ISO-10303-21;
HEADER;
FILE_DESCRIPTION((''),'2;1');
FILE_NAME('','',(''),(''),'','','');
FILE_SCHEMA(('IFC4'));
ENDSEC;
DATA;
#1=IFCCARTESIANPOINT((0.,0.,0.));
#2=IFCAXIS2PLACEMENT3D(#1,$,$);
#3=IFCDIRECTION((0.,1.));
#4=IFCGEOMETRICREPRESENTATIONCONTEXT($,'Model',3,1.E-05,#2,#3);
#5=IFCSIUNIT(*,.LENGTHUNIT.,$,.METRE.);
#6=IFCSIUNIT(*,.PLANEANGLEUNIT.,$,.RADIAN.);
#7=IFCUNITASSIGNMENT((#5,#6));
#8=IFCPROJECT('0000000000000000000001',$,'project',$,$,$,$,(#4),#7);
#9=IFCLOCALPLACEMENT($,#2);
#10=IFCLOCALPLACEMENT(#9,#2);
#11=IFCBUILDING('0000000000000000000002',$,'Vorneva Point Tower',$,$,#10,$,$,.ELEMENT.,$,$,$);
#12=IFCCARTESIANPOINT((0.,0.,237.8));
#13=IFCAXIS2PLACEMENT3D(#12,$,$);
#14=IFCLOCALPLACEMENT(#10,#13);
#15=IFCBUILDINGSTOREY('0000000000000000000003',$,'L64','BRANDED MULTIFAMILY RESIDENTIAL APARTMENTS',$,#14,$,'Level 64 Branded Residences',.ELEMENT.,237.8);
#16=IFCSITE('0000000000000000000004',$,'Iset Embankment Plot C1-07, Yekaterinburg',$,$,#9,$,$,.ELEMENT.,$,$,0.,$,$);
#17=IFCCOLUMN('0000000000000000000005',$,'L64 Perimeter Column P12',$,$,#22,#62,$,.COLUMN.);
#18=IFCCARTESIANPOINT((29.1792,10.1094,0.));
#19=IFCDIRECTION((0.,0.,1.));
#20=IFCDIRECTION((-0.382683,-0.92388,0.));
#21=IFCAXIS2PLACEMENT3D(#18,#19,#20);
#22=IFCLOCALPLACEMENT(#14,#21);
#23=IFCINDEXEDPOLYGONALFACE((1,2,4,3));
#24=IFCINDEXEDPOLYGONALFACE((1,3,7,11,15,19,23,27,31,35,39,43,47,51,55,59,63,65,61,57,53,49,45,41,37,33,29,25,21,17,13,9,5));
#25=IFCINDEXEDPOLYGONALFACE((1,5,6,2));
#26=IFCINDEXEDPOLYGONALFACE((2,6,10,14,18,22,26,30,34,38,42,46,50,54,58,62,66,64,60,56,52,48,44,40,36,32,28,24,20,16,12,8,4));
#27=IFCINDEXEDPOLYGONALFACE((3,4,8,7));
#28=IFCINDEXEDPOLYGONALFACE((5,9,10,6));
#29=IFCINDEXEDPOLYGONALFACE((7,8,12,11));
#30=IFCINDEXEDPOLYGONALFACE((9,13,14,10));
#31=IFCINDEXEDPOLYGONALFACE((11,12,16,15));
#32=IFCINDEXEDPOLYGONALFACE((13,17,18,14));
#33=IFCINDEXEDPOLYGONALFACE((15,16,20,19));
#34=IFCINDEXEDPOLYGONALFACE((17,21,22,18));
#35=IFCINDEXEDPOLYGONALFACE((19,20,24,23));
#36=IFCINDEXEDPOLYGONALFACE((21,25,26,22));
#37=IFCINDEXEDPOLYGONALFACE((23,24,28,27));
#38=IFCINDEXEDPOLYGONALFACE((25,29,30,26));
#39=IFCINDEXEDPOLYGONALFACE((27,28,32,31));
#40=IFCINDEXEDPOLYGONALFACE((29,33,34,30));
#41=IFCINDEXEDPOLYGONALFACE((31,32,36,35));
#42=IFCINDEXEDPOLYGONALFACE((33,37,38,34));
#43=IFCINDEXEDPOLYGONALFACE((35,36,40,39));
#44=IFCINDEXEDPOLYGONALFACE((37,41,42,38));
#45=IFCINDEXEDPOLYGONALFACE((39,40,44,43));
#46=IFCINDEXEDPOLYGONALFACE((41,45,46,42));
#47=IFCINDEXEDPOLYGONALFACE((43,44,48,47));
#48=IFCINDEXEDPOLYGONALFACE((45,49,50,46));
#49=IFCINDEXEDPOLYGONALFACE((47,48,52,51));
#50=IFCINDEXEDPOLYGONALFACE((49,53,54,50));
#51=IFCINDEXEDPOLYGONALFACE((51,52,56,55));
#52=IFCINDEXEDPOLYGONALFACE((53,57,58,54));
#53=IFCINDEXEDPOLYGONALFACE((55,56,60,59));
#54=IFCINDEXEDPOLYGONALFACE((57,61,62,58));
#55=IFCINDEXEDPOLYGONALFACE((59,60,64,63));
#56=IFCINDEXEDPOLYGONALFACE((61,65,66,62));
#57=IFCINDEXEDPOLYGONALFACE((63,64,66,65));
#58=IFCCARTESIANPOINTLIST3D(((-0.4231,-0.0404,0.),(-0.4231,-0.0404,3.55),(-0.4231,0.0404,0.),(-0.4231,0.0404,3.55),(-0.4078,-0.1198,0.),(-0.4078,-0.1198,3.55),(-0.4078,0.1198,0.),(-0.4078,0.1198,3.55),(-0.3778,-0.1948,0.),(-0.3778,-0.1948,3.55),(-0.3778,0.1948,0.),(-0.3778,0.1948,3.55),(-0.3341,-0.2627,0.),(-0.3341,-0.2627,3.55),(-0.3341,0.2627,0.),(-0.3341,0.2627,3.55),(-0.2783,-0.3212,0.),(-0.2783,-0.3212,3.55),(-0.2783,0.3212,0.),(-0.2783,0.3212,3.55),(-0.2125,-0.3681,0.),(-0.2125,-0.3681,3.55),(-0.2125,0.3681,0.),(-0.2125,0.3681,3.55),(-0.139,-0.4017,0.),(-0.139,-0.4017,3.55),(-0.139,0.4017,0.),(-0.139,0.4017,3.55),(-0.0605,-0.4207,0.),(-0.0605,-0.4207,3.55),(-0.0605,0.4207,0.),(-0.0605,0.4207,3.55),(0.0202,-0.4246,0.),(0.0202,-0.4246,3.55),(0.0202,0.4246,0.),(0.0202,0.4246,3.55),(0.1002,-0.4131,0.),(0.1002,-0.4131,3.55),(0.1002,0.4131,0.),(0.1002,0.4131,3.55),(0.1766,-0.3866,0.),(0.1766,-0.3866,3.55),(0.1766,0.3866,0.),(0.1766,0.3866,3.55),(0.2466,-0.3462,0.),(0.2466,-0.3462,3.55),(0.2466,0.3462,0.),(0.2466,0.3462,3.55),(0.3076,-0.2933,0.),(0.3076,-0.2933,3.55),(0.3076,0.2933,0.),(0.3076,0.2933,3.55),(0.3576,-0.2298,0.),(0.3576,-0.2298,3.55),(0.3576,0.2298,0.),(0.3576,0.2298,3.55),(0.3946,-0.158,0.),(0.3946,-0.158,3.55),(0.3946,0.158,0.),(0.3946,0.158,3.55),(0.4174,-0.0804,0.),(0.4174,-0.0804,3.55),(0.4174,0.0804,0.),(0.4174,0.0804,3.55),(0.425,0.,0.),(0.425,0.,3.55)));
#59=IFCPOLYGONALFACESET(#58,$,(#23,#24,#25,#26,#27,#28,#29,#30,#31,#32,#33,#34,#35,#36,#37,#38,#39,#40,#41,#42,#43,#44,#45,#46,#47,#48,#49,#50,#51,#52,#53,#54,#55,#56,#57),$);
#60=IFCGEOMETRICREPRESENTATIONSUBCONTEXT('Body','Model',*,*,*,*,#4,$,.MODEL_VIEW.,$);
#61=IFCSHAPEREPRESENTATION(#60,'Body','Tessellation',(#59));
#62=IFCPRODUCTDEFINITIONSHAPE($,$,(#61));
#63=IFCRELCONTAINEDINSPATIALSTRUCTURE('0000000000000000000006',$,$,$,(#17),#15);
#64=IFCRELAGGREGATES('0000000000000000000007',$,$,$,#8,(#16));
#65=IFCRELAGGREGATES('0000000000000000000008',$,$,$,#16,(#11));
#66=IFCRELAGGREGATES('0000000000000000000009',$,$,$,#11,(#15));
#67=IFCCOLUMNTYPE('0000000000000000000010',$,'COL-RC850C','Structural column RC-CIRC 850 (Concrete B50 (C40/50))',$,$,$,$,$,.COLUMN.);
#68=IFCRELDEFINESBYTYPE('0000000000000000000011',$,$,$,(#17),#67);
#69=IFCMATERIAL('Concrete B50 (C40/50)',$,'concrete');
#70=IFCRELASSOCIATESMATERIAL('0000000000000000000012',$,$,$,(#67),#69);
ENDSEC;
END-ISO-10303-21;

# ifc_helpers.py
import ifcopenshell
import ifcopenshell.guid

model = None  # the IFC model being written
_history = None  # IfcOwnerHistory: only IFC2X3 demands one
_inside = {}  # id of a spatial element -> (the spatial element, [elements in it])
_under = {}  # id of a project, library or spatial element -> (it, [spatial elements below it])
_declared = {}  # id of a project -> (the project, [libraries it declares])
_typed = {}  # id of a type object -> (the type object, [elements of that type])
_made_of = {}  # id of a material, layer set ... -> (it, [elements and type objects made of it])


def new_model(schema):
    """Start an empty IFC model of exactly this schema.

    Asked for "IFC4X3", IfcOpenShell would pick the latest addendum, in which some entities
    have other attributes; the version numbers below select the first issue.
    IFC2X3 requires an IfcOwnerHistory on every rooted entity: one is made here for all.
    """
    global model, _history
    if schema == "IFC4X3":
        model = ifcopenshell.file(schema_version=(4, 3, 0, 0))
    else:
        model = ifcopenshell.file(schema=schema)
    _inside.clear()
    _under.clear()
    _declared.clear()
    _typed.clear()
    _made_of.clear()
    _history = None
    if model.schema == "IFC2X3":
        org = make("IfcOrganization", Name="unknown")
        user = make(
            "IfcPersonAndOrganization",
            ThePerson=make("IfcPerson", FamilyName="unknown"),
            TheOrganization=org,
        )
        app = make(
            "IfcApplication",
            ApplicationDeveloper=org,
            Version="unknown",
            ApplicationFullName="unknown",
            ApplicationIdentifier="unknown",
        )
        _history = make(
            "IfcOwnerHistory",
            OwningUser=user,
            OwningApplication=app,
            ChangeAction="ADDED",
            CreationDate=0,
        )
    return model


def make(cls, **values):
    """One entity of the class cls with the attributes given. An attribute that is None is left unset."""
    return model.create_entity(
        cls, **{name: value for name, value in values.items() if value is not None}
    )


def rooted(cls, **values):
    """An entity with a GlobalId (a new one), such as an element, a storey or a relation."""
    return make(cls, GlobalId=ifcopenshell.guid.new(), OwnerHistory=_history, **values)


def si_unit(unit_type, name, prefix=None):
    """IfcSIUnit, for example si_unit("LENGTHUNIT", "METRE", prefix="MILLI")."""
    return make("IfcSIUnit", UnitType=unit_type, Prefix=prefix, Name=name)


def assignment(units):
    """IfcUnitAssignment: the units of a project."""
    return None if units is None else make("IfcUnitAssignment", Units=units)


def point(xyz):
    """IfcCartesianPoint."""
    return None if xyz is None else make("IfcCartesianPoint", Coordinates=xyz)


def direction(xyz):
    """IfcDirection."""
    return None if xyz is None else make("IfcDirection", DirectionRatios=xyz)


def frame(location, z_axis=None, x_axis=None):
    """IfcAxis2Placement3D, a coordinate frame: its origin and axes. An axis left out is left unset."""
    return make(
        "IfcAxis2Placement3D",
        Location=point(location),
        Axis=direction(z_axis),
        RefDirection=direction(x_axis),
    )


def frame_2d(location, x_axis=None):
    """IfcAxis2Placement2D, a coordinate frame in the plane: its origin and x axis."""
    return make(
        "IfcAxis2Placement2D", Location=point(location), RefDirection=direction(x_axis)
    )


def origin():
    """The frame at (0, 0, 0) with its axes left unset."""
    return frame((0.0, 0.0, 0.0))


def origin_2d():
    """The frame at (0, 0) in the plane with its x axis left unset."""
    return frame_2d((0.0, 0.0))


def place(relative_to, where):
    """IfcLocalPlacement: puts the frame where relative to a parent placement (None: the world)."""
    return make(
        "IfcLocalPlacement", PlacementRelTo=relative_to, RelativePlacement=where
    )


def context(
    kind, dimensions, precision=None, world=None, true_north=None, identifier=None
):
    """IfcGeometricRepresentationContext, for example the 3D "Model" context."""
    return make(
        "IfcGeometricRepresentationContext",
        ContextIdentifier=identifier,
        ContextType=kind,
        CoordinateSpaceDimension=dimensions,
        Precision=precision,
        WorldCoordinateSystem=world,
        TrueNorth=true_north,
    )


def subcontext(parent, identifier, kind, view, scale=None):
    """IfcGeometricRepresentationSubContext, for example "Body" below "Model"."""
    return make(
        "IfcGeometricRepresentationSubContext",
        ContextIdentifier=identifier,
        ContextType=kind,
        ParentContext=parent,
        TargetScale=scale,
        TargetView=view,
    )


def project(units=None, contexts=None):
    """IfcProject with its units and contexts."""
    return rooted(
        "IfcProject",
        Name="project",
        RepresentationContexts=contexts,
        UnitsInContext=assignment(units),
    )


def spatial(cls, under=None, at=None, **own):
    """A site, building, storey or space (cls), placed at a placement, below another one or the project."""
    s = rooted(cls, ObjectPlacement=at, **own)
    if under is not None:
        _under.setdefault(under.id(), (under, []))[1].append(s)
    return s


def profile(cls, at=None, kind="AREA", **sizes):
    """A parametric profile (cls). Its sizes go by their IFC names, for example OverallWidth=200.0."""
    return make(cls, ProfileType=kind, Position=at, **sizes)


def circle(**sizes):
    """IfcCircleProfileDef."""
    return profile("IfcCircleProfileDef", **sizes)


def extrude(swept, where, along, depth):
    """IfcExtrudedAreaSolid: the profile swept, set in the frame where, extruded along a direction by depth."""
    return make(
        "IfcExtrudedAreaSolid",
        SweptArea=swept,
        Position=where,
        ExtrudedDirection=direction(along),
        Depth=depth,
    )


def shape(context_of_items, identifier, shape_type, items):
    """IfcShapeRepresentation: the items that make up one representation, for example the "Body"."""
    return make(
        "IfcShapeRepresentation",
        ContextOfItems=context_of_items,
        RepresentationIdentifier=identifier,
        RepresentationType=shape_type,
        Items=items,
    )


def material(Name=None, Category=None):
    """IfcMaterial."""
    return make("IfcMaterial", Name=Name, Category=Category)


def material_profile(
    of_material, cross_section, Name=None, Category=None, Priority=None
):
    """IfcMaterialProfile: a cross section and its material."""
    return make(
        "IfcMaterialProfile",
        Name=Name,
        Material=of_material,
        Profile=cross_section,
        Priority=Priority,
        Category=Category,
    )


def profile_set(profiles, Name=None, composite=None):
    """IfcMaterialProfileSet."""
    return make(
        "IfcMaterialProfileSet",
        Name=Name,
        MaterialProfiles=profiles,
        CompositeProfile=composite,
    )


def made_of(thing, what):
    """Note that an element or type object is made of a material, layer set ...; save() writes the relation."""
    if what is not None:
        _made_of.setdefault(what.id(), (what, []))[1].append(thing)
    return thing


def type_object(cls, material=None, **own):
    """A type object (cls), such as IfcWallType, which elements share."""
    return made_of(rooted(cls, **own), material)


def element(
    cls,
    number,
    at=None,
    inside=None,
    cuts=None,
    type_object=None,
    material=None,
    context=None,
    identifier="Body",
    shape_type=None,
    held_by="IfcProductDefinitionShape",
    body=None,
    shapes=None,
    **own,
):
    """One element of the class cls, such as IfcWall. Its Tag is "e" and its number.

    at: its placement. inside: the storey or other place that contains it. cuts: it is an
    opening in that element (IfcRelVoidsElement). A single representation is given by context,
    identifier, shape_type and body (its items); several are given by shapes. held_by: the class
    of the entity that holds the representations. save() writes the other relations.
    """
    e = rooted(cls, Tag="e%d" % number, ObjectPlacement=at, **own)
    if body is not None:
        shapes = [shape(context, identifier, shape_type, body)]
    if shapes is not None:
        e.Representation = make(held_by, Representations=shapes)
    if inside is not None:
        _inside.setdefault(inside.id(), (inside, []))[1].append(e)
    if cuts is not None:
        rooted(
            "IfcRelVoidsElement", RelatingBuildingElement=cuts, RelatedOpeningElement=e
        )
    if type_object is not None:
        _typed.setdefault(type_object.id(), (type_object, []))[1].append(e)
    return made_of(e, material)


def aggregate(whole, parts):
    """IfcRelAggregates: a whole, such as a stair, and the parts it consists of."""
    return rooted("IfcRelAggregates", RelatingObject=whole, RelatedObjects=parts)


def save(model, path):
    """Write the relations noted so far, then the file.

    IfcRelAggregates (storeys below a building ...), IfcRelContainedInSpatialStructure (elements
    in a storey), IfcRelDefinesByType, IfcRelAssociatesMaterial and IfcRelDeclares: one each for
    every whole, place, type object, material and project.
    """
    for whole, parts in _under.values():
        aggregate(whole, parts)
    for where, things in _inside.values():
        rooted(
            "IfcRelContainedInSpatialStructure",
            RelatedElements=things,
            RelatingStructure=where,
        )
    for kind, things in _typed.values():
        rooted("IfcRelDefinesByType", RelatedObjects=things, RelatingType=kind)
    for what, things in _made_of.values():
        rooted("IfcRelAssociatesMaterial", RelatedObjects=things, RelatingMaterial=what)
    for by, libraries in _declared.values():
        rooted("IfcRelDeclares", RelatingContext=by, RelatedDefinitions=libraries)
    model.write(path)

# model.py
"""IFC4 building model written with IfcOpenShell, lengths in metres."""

from ifc_helpers import new_model, si_unit, direction, frame, origin, origin_2d, place, context, subcontext, project, spatial, circle, extrude, material, material_profile, profile_set, type_object, element, save


model = new_model("IFC4")

# Units and contexts
model_context = context("Model", 3, precision=1e-05, world=origin(), true_north=direction((0.0, 1.0)))
body_context = subcontext(model_context, "Body", "Model", "MODEL_VIEW")
ifc_project = project(units=[si_unit("LENGTHUNIT", "METRE"), si_unit("PLANEANGLEUNIT", "RADIAN")], contexts=[model_context])

# Site, building, storey
site_placement = place(None, origin())
site = spatial("IfcSite", under=ifc_project, at=site_placement, Name="Iset Embankment Plot C1-07, Yekaterinburg", CompositionType="ELEMENT", RefElevation=0.0)
building_placement = place(site_placement, origin())
building = spatial("IfcBuilding", under=site, at=building_placement, Name="Vorneva Point Tower", CompositionType="ELEMENT")
storey_placement = place(building_placement, frame((0.0, 0.0, 237.8)))
storey = spatial("IfcBuildingStorey", under=building, at=storey_placement, Name="L64", Description="BRANDED MULTIFAMILY RESIDENTIAL APARTMENTS", LongName="Level 64 Branded Residences", CompositionType="ELEMENT", Elevation=237.8)

# Column
ifc_material_1 = material(Name="Concrete B50 (C40/50)", Category="concrete")
ifc_material_profile_1 = material_profile(ifc_material_1, circle(Radius=0.425, at=origin_2d()), Name="RC-CIRC 850")
ifc_profile_set_1 = profile_set([ifc_material_profile_1], Name="Concrete B50 (C40/50)")
column_type_1 = type_object("IfcColumnType", Name="COL-RC850C", Description="Structural column RC-CIRC 850 (Concrete B50 (C40/50))", PredefinedType="COLUMN", material=ifc_profile_set_1)
column_1_placement = place(storey_placement, frame((29.1792, 10.1094, 0.0), z_axis=(0.0, 0.0, 1.0), x_axis=(-0.382683, -0.92388, 0.0)))
element("IfcColumn", 1, at=column_1_placement, inside=storey, type_object=column_type_1, Name="L64 Perimeter Column P12", PredefinedType="COLUMN", context=body_context, shape_type="SweptSolid", body=[
    extrude(circle(Radius=0.425, at=origin_2d()), origin(), (0.0, 0.0, 1.0), 3.55),
])

save(model, "model.ifc")
